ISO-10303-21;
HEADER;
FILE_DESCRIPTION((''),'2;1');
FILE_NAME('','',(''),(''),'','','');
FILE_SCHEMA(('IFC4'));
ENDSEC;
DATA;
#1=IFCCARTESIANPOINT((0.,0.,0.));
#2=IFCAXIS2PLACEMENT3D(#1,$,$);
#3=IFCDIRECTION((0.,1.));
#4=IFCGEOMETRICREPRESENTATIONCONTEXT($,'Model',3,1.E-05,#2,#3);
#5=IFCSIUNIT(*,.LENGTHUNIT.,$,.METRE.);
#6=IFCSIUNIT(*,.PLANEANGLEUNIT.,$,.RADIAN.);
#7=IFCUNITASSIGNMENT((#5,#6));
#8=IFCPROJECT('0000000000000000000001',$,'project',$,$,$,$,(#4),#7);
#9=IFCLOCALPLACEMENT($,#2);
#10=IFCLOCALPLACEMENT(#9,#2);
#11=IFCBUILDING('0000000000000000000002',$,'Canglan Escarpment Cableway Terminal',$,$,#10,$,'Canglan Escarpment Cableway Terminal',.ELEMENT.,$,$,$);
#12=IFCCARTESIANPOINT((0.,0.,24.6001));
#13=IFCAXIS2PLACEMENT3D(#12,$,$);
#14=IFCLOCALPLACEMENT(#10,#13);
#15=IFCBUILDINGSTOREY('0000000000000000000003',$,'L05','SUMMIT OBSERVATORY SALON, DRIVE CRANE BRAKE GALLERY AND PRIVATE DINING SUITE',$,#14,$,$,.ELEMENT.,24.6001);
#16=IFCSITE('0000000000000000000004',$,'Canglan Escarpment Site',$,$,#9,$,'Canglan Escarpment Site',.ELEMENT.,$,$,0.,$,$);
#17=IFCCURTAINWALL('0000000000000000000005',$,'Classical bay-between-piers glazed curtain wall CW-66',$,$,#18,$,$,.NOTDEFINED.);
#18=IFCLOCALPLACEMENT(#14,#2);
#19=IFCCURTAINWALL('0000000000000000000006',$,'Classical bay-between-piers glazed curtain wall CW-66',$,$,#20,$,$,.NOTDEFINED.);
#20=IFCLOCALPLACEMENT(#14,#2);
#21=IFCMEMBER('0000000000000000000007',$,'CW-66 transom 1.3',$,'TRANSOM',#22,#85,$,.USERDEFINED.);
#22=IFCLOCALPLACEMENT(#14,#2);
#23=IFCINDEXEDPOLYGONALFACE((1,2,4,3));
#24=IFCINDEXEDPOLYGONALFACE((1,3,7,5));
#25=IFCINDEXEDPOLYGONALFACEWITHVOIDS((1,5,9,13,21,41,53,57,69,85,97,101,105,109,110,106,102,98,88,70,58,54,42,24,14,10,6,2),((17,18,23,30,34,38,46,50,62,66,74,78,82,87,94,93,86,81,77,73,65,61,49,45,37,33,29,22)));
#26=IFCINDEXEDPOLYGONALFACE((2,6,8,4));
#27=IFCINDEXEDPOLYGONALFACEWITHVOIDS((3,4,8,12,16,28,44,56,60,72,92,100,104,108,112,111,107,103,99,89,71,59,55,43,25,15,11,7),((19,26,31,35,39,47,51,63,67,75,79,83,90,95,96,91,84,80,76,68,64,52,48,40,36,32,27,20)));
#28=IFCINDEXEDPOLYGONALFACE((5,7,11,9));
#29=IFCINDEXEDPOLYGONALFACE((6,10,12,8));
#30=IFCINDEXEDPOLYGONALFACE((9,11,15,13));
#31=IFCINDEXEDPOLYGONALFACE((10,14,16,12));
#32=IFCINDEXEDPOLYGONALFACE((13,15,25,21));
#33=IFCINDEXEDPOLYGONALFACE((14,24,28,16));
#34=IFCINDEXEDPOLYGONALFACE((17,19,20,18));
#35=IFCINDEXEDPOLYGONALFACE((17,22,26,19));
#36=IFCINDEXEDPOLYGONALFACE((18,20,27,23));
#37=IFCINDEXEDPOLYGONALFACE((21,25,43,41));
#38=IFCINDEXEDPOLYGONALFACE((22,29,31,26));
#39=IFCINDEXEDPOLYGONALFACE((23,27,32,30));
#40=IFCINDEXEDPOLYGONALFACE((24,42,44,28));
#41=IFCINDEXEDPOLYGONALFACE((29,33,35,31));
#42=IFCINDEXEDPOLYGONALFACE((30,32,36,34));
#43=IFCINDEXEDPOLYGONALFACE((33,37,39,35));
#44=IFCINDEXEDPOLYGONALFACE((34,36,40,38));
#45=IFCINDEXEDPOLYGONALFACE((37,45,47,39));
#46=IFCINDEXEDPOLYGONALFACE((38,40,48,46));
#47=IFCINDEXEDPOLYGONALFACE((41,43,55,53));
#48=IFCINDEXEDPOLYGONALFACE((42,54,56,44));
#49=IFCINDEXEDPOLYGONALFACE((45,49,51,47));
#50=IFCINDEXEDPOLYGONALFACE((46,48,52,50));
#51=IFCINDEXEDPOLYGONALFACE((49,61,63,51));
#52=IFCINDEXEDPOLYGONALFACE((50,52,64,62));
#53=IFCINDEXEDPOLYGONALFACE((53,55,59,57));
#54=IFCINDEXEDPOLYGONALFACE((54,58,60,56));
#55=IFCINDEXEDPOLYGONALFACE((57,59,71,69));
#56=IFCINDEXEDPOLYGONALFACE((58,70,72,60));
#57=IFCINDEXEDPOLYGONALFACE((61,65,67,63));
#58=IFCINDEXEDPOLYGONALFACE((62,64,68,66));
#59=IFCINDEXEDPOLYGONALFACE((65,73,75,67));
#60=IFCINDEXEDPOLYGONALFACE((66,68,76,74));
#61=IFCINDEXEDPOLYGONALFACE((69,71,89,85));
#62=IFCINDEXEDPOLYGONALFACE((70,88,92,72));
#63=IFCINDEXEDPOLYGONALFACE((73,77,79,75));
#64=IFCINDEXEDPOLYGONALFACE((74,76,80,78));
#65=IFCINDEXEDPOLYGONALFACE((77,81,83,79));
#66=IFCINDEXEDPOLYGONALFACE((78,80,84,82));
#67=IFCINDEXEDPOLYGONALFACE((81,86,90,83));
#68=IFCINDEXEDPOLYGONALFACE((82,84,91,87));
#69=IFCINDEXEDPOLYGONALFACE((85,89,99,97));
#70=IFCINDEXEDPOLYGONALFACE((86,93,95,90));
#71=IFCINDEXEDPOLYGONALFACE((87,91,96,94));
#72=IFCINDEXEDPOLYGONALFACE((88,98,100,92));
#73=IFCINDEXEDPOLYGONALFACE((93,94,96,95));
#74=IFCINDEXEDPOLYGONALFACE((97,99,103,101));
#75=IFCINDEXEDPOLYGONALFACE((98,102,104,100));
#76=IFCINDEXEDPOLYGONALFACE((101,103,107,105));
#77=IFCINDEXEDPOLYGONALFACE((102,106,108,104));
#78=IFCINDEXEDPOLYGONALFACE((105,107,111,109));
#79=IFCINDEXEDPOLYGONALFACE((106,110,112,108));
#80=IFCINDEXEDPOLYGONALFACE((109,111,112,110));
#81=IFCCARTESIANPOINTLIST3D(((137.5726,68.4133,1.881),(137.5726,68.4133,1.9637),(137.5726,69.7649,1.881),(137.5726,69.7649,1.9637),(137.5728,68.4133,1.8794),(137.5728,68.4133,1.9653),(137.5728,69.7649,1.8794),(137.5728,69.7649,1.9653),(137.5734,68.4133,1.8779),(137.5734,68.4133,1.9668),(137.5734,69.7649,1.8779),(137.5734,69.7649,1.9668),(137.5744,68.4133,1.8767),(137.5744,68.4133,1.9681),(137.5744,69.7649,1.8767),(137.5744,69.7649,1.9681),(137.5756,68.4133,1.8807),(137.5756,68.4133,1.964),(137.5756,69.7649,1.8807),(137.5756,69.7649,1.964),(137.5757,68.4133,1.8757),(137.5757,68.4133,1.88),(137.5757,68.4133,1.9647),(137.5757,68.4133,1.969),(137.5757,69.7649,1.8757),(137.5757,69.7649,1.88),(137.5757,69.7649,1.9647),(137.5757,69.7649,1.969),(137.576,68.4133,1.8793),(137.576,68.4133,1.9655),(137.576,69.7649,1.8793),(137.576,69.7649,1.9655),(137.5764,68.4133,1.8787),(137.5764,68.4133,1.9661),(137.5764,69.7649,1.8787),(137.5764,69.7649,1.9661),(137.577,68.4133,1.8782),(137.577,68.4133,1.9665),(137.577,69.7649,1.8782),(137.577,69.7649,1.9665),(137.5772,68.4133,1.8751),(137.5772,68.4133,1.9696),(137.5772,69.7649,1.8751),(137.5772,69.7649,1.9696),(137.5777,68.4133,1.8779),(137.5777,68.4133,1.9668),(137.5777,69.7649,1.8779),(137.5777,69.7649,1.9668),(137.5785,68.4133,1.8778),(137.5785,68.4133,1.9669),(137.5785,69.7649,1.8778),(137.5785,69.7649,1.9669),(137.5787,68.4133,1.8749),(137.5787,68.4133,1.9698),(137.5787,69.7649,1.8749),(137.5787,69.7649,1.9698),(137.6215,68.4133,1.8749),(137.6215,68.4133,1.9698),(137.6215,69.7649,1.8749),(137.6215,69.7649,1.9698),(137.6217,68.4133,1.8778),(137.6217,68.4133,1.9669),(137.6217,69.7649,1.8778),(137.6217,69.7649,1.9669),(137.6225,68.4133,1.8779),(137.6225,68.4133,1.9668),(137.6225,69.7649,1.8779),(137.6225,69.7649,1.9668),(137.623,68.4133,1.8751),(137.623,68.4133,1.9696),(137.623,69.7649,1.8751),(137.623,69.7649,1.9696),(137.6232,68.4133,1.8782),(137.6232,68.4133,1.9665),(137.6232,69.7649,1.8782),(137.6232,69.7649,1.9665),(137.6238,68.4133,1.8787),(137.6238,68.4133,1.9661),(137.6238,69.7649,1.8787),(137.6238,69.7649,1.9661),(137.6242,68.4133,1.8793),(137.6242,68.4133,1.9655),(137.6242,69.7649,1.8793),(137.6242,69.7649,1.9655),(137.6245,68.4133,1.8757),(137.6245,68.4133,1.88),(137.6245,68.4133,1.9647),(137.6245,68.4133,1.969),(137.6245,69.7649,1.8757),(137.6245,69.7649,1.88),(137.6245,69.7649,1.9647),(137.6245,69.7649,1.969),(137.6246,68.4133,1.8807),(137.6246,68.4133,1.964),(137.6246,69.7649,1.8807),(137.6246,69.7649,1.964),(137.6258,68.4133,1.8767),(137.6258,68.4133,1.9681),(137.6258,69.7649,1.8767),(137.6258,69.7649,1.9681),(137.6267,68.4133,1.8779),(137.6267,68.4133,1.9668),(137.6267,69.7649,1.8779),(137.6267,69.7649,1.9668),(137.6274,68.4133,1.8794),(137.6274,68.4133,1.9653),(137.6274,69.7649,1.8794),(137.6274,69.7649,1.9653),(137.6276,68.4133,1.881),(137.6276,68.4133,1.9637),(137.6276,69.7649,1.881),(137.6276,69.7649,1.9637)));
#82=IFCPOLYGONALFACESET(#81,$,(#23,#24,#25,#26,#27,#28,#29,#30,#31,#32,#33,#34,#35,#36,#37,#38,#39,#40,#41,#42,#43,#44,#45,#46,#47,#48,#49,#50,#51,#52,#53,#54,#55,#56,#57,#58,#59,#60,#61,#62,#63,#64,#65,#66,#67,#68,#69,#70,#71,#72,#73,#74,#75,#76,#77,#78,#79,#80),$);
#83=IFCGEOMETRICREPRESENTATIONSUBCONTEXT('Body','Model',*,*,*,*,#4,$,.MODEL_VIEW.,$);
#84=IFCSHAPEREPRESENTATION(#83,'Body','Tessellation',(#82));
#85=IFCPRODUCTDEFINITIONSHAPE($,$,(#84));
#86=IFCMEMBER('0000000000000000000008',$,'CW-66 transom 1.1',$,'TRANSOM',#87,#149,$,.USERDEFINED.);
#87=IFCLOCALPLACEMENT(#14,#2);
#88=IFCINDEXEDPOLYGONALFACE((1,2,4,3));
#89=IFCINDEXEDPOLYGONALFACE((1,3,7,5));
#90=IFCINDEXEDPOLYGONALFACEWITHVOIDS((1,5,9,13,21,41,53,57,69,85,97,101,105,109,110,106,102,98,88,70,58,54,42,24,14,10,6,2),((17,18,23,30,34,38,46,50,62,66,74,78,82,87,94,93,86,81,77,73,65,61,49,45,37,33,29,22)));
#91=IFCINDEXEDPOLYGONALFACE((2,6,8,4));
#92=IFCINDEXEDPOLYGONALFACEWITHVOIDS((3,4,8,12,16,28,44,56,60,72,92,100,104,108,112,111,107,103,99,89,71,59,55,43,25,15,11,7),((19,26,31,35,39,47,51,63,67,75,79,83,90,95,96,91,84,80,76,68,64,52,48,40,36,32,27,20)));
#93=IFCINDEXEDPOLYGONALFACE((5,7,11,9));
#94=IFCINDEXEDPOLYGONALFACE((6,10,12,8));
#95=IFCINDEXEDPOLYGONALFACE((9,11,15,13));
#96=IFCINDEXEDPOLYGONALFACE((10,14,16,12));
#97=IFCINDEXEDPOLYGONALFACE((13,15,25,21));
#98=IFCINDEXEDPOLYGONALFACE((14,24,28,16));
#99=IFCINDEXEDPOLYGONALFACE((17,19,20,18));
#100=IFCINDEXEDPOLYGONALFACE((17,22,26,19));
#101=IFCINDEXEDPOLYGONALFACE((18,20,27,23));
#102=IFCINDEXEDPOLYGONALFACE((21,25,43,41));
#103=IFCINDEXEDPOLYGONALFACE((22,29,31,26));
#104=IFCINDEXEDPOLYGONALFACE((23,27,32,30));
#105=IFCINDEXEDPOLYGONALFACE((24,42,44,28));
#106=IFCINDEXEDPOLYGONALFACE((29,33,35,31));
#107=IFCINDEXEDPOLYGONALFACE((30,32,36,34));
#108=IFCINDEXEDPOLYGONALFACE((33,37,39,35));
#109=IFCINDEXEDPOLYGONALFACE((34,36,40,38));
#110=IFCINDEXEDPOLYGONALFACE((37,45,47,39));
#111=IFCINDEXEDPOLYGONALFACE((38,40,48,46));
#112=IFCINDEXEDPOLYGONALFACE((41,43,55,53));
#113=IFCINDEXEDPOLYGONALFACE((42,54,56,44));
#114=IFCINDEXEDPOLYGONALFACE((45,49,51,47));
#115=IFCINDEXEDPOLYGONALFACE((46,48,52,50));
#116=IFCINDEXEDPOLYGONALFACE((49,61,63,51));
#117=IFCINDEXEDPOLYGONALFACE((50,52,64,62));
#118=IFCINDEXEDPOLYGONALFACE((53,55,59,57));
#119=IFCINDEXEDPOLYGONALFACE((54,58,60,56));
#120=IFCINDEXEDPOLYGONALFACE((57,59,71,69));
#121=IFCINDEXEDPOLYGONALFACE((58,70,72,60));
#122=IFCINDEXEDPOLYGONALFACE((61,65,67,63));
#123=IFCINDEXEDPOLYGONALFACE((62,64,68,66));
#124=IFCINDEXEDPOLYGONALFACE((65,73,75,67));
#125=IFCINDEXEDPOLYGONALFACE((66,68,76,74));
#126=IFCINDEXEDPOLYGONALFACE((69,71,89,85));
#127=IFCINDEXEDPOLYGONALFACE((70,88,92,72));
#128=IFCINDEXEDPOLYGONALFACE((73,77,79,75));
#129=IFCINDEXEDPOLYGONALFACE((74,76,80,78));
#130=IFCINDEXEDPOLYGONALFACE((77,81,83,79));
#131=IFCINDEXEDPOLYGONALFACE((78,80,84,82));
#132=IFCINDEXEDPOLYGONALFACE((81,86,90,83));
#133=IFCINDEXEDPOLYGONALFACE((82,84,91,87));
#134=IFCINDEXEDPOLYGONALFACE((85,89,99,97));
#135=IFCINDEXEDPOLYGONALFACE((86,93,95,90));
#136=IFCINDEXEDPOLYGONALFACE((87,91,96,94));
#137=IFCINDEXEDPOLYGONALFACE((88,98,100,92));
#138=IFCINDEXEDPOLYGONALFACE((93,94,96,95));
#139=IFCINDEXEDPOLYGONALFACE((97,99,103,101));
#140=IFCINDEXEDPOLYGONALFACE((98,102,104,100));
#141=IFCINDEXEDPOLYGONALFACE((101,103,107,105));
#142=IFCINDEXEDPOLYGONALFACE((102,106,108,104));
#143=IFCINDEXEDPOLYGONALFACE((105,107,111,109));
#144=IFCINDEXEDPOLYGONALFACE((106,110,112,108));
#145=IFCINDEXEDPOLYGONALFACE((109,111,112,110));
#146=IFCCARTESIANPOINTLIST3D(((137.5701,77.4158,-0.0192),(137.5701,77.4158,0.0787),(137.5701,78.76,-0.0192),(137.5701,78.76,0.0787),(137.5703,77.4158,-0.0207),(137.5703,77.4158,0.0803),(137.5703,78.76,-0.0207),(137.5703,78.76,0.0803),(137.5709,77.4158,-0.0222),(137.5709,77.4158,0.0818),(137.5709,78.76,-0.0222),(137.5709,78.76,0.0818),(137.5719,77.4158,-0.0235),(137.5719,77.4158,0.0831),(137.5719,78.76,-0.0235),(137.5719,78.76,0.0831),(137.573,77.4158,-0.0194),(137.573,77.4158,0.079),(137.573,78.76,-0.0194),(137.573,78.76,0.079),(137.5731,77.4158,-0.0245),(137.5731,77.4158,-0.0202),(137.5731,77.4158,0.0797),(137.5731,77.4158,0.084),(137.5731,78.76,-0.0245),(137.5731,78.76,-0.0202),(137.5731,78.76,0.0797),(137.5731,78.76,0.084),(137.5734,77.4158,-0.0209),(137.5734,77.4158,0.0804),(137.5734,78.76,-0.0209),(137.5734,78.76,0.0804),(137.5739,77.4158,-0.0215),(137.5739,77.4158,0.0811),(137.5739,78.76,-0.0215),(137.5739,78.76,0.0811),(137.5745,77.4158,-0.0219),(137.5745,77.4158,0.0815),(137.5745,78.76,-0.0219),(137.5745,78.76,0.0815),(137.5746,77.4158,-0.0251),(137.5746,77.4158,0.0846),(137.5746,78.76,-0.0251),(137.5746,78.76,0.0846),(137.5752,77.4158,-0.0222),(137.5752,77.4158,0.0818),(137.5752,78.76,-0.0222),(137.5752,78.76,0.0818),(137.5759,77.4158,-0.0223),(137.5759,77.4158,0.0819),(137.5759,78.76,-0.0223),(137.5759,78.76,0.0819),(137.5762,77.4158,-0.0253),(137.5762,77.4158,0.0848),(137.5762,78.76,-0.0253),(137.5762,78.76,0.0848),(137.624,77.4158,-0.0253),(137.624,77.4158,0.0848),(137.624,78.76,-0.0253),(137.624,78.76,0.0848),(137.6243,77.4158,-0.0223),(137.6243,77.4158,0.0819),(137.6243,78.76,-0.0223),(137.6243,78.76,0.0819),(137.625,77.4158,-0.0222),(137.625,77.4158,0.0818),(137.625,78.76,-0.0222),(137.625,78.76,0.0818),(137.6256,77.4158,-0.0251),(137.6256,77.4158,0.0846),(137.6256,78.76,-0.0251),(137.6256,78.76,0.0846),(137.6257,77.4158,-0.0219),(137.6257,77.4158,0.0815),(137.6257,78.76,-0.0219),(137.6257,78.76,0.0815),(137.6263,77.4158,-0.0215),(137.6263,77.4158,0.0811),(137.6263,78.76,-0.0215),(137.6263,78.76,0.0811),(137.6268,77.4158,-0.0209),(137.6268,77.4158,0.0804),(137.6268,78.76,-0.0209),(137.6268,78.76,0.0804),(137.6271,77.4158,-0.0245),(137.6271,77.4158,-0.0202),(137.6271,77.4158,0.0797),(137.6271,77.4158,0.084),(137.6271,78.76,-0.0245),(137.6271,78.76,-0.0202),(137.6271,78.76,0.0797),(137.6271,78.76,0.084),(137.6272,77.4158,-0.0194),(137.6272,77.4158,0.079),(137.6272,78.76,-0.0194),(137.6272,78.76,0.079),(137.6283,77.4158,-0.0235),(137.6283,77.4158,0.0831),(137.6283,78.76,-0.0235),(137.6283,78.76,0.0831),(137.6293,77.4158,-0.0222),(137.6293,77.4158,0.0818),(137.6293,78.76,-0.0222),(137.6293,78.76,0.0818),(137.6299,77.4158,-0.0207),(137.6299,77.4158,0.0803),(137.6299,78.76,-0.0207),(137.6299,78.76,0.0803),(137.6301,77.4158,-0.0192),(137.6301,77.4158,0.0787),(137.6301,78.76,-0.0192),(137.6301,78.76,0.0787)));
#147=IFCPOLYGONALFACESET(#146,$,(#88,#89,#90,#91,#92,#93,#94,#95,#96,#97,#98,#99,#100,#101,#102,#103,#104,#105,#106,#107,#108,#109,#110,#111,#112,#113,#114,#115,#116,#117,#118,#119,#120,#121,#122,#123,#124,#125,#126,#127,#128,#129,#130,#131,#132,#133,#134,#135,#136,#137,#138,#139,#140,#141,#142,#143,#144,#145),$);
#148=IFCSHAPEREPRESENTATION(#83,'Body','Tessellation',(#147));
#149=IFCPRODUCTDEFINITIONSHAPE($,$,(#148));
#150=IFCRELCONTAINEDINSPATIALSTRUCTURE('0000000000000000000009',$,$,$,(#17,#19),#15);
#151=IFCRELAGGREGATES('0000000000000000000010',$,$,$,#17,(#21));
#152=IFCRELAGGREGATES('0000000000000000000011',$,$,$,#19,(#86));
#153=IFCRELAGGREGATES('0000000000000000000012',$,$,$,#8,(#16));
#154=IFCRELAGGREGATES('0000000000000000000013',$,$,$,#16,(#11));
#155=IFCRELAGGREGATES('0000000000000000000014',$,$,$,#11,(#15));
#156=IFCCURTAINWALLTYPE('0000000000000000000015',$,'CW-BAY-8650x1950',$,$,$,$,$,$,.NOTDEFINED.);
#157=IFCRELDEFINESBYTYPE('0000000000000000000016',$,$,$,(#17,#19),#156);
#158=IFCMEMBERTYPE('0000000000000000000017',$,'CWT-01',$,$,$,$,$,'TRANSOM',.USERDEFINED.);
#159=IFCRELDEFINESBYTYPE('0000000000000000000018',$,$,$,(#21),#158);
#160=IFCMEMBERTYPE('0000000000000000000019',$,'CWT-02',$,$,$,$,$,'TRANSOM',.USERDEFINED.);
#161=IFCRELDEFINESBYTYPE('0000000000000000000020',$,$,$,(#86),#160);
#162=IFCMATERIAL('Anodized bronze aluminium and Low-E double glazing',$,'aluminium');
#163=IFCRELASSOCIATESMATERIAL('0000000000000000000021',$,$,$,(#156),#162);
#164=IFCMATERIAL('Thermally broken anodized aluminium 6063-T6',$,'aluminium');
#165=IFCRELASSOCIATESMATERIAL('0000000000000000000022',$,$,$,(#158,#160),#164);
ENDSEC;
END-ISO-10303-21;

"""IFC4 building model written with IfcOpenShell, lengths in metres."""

from ifc_helpers import new_model, si_unit, direction, frame, origin, origin_2d, place, context, subcontext, project, spatial, hollow_rectangle, extrude, material, material_profile, profile_set, type_object, element, aggregate, save


model = new_model("IFC4")

# Units and contexts
model_context = context("Model", 3, precision=1e-05, world=origin(), true_north=direction((0.0, 1.0)))
body_context = subcontext(model_context, "Body", "Model", "MODEL_VIEW")
ifc_project = project(units=[si_unit("LENGTHUNIT", "METRE"), si_unit("PLANEANGLEUNIT", "RADIAN")], contexts=[model_context])

# Site, building, storey
site_placement = place(None, origin())
site = spatial("IfcSite", under=ifc_project, at=site_placement, Name="Canglan Escarpment Site", LongName="Canglan Escarpment Site", CompositionType="ELEMENT", RefElevation=0.0)
building_placement = place(site_placement, origin())
building = spatial("IfcBuilding", under=site, at=building_placement, Name="Canglan Escarpment Cableway Terminal", LongName="Canglan Escarpment Cableway Terminal", CompositionType="ELEMENT")
storey_placement = place(building_placement, frame((0.0, 0.0, 24.6001)))
storey = spatial("IfcBuildingStorey", under=building, at=storey_placement, Name="L05", Description="SUMMIT OBSERVATORY SALON, DRIVE CRANE BRAKE GALLERY AND PRIVATE DINING SUITE", CompositionType="ELEMENT", Elevation=24.6001)

# Curtain wall
ifc_material_1 = material(Name="Anodized bronze aluminium and Low-E double glazing", Category="aluminium")
curtain_wall_type = type_object("IfcCurtainWallType", Name="CW-BAY-8650x1950", PredefinedType="NOTDEFINED", material=ifc_material_1)
curtain_wall_1_placement = place(storey_placement, origin())
curtain_wall_1 = element("IfcCurtainWall", 1, at=curtain_wall_1_placement, inside=storey, type_object=curtain_wall_type, Name="Classical bay-between-piers glazed curtain wall CW-66", PredefinedType="NOTDEFINED")
ifc_material_2 = material(Name="Thermally broken anodized aluminium 6063-T6", Category="aluminium")

# Curtain wall
curtain_wall_2_placement = place(storey_placement, origin())
curtain_wall_2 = element("IfcCurtainWall", 2, at=curtain_wall_2_placement, inside=storey, type_object=curtain_wall_type, Name="Classical bay-between-piers glazed curtain wall CW-66", PredefinedType="NOTDEFINED")

# Members
ifc_material_profile_1 = material_profile(ifc_material_2, hollow_rectangle(XDim=0.0549, YDim=0.095, WallThickness=0.0029, InnerFilletRadius=0.0029, OuterFilletRadius=0.0061, at=origin_2d()), Name="ALU-TRAN 55x95x3")
ifc_profile_set_1 = profile_set([ifc_material_profile_1], Name="Thermally broken anodized aluminium 6063-T6")
member_type_1 = type_object("IfcMemberType", Name="CWT-01", ElementType="TRANSOM", PredefinedType="USERDEFINED", material=ifc_profile_set_1)
member_1_placement = place(storey_placement, frame((137.6001, 69.7649, 1.9224), z_axis=(0.0, -1.0, 0.0), x_axis=(1.0, 0.0, 0.0)))
member_1 = element("IfcMember", 3, at=member_1_placement, type_object=member_type_1, Name="CW-66 transom 1.3", ObjectType="TRANSOM", PredefinedType="USERDEFINED", context=body_context, shape_type="SweptSolid", body=[
    extrude(hollow_rectangle(XDim=0.0549, YDim=0.095, WallThickness=0.0029, InnerFilletRadius=0.0029, OuterFilletRadius=0.0061, at=origin_2d()), origin(), (0.0, 0.0, 1.0), 1.3516),
])
aggregate(curtain_wall_1, [member_1])
ifc_material_profile_2 = material_profile(ifc_material_2, hollow_rectangle(XDim=0.0601, YDim=0.1101, WallThickness=0.0029, InnerFilletRadius=0.0029, OuterFilletRadius=0.0061, at=origin_2d()), Name="ALU-TRAN 60x110x3")
ifc_profile_set_2 = profile_set([ifc_material_profile_2], Name="Thermally broken anodized aluminium 6063-T6")
member_type_2 = type_object("IfcMemberType", Name="CWT-02", ElementType="TRANSOM", PredefinedType="USERDEFINED", material=ifc_profile_set_2)
member_2_placement = place(storey_placement, frame((137.6001, 78.76, 0.0298), z_axis=(0.0, -1.0, 0.0), x_axis=(1.0, 0.0, 0.0)))
member_2 = element("IfcMember", 4, at=member_2_placement, type_object=member_type_2, Name="CW-66 transom 1.1", ObjectType="TRANSOM", PredefinedType="USERDEFINED", context=body_context, shape_type="SweptSolid", body=[
    extrude(hollow_rectangle(XDim=0.0601, YDim=0.1101, WallThickness=0.0029, InnerFilletRadius=0.0029, OuterFilletRadius=0.0061, at=origin_2d()), origin(), (0.0, 0.0, 1.0), 1.3442),
])

aggregate(curtain_wall_2, [member_2])

save(model, "model.ifc")
